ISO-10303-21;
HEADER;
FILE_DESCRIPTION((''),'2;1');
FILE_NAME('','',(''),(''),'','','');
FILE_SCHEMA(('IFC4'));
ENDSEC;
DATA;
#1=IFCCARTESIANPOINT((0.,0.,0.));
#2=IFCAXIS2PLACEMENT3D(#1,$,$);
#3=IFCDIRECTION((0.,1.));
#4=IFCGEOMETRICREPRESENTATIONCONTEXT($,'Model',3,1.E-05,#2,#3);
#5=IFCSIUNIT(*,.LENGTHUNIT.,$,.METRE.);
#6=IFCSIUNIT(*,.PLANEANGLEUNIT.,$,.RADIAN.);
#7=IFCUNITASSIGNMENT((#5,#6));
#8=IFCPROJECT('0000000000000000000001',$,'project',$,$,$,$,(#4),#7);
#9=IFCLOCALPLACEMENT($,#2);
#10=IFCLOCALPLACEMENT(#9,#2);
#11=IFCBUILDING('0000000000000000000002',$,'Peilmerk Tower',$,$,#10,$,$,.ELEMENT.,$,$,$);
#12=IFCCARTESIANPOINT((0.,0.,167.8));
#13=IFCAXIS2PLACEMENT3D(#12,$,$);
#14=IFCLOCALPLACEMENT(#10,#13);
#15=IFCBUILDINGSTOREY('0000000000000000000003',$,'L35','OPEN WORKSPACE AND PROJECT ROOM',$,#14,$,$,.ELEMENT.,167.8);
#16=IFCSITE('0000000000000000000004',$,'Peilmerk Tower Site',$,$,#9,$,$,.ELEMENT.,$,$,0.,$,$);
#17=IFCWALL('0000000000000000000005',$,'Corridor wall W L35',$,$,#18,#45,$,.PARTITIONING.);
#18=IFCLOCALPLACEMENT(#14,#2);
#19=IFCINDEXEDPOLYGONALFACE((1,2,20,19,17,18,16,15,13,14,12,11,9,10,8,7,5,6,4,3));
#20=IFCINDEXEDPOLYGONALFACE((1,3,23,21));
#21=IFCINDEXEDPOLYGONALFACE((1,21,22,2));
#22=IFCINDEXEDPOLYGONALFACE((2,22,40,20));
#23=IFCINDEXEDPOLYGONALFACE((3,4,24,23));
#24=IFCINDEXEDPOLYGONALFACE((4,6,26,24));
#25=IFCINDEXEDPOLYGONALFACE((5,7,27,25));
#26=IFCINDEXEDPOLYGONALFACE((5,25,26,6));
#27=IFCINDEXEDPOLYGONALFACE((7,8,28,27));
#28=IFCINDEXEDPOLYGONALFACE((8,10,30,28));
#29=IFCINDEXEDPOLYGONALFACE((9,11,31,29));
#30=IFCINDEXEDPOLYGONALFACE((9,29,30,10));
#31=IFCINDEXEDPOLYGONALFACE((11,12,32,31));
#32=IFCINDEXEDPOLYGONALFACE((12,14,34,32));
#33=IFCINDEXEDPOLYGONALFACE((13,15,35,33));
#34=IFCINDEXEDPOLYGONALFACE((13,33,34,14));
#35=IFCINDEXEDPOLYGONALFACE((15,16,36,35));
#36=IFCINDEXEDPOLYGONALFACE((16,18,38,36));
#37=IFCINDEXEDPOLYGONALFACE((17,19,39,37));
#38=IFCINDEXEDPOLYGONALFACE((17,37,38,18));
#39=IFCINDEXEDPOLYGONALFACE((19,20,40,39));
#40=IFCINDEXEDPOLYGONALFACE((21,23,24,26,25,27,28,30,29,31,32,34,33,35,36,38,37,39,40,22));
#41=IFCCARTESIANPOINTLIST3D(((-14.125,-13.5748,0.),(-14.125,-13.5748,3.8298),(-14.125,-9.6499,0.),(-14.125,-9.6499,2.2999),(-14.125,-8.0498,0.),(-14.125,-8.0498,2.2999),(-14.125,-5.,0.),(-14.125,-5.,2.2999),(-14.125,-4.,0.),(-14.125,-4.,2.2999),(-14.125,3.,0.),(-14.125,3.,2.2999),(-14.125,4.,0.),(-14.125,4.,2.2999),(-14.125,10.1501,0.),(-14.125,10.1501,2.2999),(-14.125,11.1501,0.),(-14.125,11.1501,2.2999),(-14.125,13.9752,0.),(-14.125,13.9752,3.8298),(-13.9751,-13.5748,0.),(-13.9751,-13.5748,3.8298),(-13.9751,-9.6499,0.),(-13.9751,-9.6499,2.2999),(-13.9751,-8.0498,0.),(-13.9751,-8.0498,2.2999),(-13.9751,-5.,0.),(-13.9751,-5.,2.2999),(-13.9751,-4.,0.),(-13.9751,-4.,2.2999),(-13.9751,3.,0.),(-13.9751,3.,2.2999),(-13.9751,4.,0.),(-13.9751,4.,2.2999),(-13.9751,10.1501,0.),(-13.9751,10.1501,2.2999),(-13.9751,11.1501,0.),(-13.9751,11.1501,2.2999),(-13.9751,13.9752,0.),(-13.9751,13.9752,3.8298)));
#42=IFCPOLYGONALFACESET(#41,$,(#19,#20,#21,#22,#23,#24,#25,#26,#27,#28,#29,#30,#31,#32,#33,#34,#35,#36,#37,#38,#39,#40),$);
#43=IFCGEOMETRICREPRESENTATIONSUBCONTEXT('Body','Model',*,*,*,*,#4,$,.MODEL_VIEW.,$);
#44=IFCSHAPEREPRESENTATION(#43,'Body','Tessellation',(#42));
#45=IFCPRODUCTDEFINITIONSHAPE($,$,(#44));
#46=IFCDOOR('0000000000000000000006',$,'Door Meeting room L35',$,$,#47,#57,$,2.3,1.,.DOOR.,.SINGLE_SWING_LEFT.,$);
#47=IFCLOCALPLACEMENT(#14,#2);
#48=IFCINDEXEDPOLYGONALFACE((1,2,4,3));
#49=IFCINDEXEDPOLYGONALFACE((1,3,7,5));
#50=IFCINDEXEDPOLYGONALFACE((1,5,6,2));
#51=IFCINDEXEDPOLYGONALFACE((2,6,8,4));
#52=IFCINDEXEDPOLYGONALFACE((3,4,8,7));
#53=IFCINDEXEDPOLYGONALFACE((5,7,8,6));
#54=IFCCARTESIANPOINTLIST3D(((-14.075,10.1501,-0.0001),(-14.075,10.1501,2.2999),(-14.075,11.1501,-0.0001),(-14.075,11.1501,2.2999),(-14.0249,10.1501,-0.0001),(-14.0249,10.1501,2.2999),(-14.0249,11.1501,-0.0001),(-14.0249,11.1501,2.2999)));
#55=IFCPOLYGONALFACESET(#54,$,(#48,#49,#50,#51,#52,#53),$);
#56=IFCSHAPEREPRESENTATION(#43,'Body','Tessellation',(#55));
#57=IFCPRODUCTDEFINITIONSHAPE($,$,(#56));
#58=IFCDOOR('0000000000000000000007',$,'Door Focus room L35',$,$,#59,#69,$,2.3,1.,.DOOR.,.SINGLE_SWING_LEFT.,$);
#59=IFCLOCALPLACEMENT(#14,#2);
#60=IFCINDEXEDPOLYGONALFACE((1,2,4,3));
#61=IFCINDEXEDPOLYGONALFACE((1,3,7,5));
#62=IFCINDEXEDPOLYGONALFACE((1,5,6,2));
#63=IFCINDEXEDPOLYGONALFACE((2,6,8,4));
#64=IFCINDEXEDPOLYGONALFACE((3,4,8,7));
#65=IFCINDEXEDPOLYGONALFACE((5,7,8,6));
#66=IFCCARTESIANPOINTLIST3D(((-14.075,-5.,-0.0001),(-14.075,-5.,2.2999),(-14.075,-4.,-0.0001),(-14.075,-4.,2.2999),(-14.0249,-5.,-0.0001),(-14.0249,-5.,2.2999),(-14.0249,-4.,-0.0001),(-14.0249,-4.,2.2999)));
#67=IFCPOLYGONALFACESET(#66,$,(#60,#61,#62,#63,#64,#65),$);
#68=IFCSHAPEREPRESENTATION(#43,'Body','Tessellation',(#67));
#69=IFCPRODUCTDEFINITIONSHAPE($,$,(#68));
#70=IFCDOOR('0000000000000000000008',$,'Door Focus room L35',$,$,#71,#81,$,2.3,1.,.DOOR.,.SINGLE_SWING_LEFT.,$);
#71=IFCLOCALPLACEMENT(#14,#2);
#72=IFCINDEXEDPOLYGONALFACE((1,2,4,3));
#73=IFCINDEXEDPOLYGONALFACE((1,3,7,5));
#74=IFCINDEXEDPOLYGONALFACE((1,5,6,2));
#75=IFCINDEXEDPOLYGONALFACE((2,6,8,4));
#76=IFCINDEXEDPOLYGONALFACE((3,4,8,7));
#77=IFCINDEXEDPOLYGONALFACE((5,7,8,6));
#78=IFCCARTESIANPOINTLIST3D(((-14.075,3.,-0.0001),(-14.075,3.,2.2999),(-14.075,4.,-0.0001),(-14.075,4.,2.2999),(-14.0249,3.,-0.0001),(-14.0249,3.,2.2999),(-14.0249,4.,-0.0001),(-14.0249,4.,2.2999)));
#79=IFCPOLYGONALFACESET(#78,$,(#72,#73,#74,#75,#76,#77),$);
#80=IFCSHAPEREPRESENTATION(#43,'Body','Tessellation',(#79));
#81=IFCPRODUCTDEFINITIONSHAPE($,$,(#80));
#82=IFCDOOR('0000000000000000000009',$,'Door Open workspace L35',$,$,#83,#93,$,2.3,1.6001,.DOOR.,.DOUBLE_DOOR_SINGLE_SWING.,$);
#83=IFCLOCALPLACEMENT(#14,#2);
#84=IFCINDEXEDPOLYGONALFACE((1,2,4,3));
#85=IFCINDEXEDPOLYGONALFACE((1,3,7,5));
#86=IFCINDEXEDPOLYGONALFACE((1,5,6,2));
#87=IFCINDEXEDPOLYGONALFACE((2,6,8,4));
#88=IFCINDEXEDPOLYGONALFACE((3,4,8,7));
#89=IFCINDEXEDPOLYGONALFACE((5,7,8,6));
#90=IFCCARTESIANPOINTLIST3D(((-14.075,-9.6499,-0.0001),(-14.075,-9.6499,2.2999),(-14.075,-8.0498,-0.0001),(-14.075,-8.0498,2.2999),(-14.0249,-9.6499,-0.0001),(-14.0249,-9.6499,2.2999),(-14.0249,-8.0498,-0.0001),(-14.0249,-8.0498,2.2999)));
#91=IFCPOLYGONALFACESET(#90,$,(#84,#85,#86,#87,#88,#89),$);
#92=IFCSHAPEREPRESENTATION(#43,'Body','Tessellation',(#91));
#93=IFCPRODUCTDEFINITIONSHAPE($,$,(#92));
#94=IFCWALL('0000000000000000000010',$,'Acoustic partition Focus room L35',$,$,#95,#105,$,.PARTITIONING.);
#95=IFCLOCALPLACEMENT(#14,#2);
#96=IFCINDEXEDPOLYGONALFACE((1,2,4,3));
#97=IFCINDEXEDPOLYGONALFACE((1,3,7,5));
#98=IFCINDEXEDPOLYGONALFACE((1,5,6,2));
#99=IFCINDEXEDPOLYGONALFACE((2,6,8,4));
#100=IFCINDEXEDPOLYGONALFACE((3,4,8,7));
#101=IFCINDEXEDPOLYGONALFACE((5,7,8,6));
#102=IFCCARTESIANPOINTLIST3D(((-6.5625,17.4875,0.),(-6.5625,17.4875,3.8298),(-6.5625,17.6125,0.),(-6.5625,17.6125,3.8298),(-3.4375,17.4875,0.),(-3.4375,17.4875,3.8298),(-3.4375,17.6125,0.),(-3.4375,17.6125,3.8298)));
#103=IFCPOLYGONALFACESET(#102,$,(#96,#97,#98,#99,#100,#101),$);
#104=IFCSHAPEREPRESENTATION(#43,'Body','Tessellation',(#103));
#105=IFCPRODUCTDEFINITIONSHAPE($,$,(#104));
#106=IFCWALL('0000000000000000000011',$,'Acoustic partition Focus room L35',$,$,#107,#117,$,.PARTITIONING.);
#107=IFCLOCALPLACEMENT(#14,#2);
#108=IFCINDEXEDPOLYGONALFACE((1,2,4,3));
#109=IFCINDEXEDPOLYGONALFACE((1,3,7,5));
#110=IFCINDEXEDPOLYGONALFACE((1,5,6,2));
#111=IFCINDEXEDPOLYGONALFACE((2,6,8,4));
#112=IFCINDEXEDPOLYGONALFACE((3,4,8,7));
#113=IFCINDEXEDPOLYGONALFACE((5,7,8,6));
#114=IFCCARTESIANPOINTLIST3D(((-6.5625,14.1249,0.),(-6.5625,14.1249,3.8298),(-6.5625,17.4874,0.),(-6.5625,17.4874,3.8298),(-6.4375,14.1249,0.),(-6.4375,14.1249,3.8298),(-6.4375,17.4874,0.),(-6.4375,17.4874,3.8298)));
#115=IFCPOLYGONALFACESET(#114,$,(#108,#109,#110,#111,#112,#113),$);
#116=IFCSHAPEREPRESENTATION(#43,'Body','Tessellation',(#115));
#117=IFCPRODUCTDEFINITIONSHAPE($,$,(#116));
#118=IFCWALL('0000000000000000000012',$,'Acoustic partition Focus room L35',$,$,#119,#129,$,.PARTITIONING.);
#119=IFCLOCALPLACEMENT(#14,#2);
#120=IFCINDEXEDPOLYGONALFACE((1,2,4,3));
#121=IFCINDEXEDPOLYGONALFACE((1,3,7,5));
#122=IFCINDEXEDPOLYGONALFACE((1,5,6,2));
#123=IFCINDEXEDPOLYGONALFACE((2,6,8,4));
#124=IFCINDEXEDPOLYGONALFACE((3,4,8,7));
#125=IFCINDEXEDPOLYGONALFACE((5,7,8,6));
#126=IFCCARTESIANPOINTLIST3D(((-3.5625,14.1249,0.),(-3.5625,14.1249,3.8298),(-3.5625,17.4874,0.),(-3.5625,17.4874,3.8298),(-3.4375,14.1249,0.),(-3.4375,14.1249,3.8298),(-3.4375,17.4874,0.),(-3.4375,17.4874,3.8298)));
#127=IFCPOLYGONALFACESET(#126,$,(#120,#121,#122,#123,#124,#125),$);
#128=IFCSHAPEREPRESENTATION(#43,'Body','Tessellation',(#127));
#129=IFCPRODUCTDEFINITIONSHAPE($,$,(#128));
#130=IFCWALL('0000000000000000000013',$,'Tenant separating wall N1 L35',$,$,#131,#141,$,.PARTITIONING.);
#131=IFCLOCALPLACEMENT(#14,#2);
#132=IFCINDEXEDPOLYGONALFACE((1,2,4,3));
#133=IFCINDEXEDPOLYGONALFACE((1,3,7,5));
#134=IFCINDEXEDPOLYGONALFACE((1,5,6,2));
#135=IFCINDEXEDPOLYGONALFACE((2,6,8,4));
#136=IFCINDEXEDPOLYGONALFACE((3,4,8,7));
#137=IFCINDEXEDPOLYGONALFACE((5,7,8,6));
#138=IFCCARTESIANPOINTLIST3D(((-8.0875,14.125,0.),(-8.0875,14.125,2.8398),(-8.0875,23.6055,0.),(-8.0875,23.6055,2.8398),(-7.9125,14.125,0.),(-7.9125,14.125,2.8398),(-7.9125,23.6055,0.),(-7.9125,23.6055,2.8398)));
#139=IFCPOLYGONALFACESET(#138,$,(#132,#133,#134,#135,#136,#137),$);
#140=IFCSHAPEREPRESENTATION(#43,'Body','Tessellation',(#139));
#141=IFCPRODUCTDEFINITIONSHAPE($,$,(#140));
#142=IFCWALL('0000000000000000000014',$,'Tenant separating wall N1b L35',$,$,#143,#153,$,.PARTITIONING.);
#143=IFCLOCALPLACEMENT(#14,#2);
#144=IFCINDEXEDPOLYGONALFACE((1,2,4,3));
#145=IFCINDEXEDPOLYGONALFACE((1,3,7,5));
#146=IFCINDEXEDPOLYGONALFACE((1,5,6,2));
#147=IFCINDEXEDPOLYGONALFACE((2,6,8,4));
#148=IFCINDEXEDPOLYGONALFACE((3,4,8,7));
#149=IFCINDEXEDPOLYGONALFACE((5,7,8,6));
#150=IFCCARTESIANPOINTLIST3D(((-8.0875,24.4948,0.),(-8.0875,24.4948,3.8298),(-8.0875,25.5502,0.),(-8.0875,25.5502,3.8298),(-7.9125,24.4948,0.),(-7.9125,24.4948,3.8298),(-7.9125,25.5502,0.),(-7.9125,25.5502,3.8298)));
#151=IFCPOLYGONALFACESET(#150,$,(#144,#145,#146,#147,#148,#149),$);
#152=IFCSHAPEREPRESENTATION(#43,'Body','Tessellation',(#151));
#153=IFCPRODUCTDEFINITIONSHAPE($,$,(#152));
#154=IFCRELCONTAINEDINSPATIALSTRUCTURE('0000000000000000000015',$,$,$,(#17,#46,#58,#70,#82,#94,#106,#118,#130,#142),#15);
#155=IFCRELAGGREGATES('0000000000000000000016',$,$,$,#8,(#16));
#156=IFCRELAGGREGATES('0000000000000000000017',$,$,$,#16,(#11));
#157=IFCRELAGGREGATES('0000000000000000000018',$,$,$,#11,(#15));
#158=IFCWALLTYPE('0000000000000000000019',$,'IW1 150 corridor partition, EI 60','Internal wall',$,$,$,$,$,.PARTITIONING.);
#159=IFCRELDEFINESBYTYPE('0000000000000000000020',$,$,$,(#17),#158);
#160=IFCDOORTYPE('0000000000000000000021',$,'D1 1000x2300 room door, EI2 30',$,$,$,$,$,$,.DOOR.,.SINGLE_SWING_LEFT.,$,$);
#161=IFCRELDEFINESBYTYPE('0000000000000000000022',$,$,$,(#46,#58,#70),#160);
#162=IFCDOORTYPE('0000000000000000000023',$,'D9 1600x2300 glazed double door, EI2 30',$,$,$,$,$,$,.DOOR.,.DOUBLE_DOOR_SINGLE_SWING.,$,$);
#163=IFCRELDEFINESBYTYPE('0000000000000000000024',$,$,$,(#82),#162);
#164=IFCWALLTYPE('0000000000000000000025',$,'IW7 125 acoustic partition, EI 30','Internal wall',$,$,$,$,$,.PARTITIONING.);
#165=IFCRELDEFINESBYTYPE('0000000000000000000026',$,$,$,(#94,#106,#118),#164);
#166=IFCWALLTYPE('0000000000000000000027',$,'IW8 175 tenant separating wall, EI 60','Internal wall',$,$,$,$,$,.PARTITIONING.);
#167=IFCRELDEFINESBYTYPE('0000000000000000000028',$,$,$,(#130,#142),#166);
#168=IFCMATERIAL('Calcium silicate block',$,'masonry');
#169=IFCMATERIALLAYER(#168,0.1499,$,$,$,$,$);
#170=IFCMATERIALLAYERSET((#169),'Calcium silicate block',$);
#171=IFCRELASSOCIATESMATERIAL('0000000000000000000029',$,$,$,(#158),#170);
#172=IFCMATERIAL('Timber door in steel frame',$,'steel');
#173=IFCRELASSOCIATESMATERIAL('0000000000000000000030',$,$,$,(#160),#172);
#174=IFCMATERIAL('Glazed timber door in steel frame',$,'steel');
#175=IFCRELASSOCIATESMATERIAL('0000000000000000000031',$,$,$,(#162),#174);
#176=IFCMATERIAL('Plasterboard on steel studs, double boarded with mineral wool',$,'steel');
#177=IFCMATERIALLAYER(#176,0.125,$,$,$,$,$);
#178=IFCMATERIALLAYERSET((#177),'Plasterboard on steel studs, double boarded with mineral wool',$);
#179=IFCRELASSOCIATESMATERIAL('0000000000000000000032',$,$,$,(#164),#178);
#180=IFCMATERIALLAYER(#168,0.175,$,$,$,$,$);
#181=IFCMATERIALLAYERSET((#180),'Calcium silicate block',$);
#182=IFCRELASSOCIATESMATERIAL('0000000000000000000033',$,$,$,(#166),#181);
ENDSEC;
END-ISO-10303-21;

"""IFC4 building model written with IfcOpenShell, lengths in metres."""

from ifc_helpers import new_model, si_unit, direction, frame, frame_2d, origin, place, context, subcontext, project, spatial, rectangle, extrude, material, layer, layer_set, type_object, element, fill, save


model = new_model("IFC4")

# Units and contexts
model_context = context("Model", 3, precision=1e-05, world=origin(), true_north=direction((0.0, 1.0)))
body_context = subcontext(model_context, "Body", "Model", "MODEL_VIEW")
ifc_project = project(units=[si_unit("LENGTHUNIT", "METRE"), si_unit("PLANEANGLEUNIT", "RADIAN")], contexts=[model_context])

# Site, building, storey
site_placement = place(None, origin())
site = spatial("IfcSite", under=ifc_project, at=site_placement, Name="Peilmerk Tower Site", CompositionType="ELEMENT", RefElevation=0.0)
building_placement = place(site_placement, origin())
building = spatial("IfcBuilding", under=site, at=building_placement, Name="Peilmerk Tower", CompositionType="ELEMENT")
storey_placement = place(building_placement, frame((0.0, 0.0, 167.8)))
storey = spatial("IfcBuildingStorey", under=building, at=storey_placement, Name="L35", Description="OPEN WORKSPACE AND PROJECT ROOM", CompositionType="ELEMENT", Elevation=167.8)

# Wall, openings, doors
ifc_material_1 = material(Name="Calcium silicate block", Category="masonry")
ifc_layer_1 = layer(ifc_material_1, 0.1499)
ifc_layer_set_1 = layer_set([ifc_layer_1], Name="Calcium silicate block")
wall_type_1 = type_object("IfcWallType", Name="IW1 150 corridor partition, EI 60", Description="Internal wall", PredefinedType="PARTITIONING", material=ifc_layer_set_1)
ifc_material_2 = material(Name="Timber door in steel frame", Category="steel")
door_type_1 = type_object("IfcDoorType", Name="D1 1000x2300 room door, EI2 30", OperationType="SINGLE_SWING_LEFT", PredefinedType="DOOR", material=ifc_material_2)
ifc_material_3 = material(Name="Glazed timber door in steel frame", Category="steel")
door_type_2 = type_object("IfcDoorType", Name="D9 1600x2300 glazed double door, EI2 30", OperationType="DOUBLE_DOOR_SINGLE_SWING", PredefinedType="DOOR", material=ifc_material_3)
wall_1_placement = place(storey_placement, frame((-14.05, 13.9751, 0.0), z_axis=(0.0, 0.0, 1.0), x_axis=(0.0, -1.0, 0.0)))
wall_1 = element("IfcWall", 1, at=wall_1_placement, inside=storey, type_object=wall_type_1, Name="Corridor wall W L35", PredefinedType="PARTITIONING", context=body_context, shape_type="SweptSolid", body=[
    extrude(rectangle(XDim=27.55, YDim=0.1499, at=frame_2d((13.7749, 0.0))), origin(), (0.0, 0.0, 1.0), 3.8298),
])
opening_1_placement = place(wall_1_placement, frame((22.0249, 0.0, 0.0)))
opening_1 = element("IfcOpeningElement", 2, at=opening_1_placement, cuts=wall_1, PredefinedType="OPENING", context=body_context, shape_type="SweptSolid", body=[
    extrude(rectangle(XDim=1.6001, YDim=2.3, at=frame_2d((0.8, 1.1499))), frame((0.0, 0.085, 0.0), z_axis=(0.0, -1.0, 0.0), x_axis=(1.0, 0.0, 0.0)), (0.0, 0.0, 1.0), 0.1699),
])
opening_2_placement = place(wall_1_placement, frame((2.825, 0.0, 0.0)))
opening_2 = element("IfcOpeningElement", 3, at=opening_2_placement, cuts=wall_1, PredefinedType="OPENING", context=body_context, shape_type="SweptSolid", body=[
    extrude(rectangle(XDim=1.0, YDim=2.3, at=frame_2d((0.5, 1.1499))), frame((0.0, 0.085, 0.0), z_axis=(0.0, -1.0, 0.0), x_axis=(1.0, 0.0, 0.0)), (0.0, 0.0, 1.0), 0.1699),
])
opening_3_placement = place(wall_1_placement, frame((17.9751, 0.0, 0.0)))
opening_3 = element("IfcOpeningElement", 4, at=opening_3_placement, cuts=wall_1, PredefinedType="OPENING", context=body_context, shape_type="SweptSolid", body=[
    extrude(rectangle(XDim=1.0, YDim=2.3, at=frame_2d((0.5, 1.1499))), frame((0.0, 0.085, 0.0), z_axis=(0.0, -1.0, 0.0), x_axis=(1.0, 0.0, 0.0)), (0.0, 0.0, 1.0), 0.1699),
])
opening_4_placement = place(wall_1_placement, frame((9.9751, 0.0, 0.0)))
opening_4 = element("IfcOpeningElement", 5, at=opening_4_placement, cuts=wall_1, PredefinedType="OPENING", context=body_context, shape_type="SweptSolid", body=[
    extrude(rectangle(XDim=1.0, YDim=2.3, at=frame_2d((0.5, 1.1499))), frame((0.0, 0.085, 0.0), z_axis=(0.0, -1.0, 0.0), x_axis=(1.0, 0.0, 0.0)), (0.0, 0.0, 1.0), 0.1699),
])
door_1_placement = place(opening_2_placement, frame((1.0, 0.0, 0.0), z_axis=(0.0, 0.0, 1.0), x_axis=(-1.0, 0.0, 0.0)))
door_1 = element("IfcDoor", 6, at=door_1_placement, inside=storey, type_object=door_type_1, Name="Door Meeting room L35", OperationType="SINGLE_SWING_LEFT", OverallHeight=2.3, OverallWidth=1.0, PredefinedType="DOOR", context=body_context, shape_type="SweptSolid", body=[
    extrude(rectangle(XDim=1.0, YDim=2.3, at=frame_2d((0.5, 1.1499))), frame((0.0, 0.0249, 0.0), z_axis=(0.0, -1.0, 0.0), x_axis=(1.0, 0.0, 0.0)), (0.0, 0.0, 1.0), 0.05),
])
fill(opening_2, door_1)
door_2_placement = place(opening_3_placement, frame((1.0, 0.0, 0.0), z_axis=(0.0, 0.0, 1.0), x_axis=(-1.0, 0.0, 0.0)))
door_2 = element("IfcDoor", 7, at=door_2_placement, inside=storey, type_object=door_type_1, Name="Door Focus room L35", OperationType="SINGLE_SWING_LEFT", OverallHeight=2.3, OverallWidth=1.0, PredefinedType="DOOR", context=body_context, shape_type="SweptSolid", body=[
    extrude(rectangle(XDim=1.0, YDim=2.3, at=frame_2d((0.5, 1.1499))), frame((0.0, 0.0249, 0.0), z_axis=(0.0, -1.0, 0.0), x_axis=(1.0, 0.0, 0.0)), (0.0, 0.0, 1.0), 0.05),
])
fill(opening_3, door_2)
door_3_placement = place(opening_4_placement, frame((1.0, 0.0, 0.0), z_axis=(0.0, 0.0, 1.0), x_axis=(-1.0, 0.0, 0.0)))
door_3 = element("IfcDoor", 8, at=door_3_placement, inside=storey, type_object=door_type_1, Name="Door Focus room L35", OperationType="SINGLE_SWING_LEFT", OverallHeight=2.3, OverallWidth=1.0, PredefinedType="DOOR", context=body_context, shape_type="SweptSolid", body=[
    extrude(rectangle(XDim=1.0, YDim=2.3, at=frame_2d((0.5, 1.1499))), frame((0.0, 0.0249, 0.0), z_axis=(0.0, -1.0, 0.0), x_axis=(1.0, 0.0, 0.0)), (0.0, 0.0, 1.0), 0.05),
])
fill(opening_4, door_3)
door_4_placement = place(opening_1_placement, frame((1.6001, 0.0, 0.0), z_axis=(0.0, 0.0, 1.0), x_axis=(-1.0, 0.0, 0.0)))
door_4 = element("IfcDoor", 9, at=door_4_placement, inside=storey, type_object=door_type_2, Name="Door Open workspace L35", OperationType="DOUBLE_DOOR_SINGLE_SWING", OverallHeight=2.3, OverallWidth=1.6001, PredefinedType="DOOR", context=body_context, shape_type="SweptSolid", body=[
    extrude(rectangle(XDim=1.6001, YDim=2.3, at=frame_2d((0.8, 1.1499))), frame((0.0, 0.0249, 0.0), z_axis=(0.0, -1.0, 0.0), x_axis=(1.0, 0.0, 0.0)), (0.0, 0.0, 1.0), 0.05),
])
fill(opening_1, door_4)

# Walls
ifc_material_4 = material(Name="Plasterboard on steel studs, double boarded with mineral wool", Category="steel")
ifc_layer_2 = layer(ifc_material_4, 0.125)
ifc_layer_set_2 = layer_set([ifc_layer_2], Name="Plasterboard on steel studs, double boarded with mineral wool")
wall_type_2 = type_object("IfcWallType", Name="IW7 125 acoustic partition, EI 30", Description="Internal wall", PredefinedType="PARTITIONING", material=ifc_layer_set_2)
wall_2_placement = place(storey_placement, frame((-6.5625, 17.55, 0.0), z_axis=(0.0, 0.0, 1.0), x_axis=(1.0, 0.0, 0.0)))
element("IfcWall", 10, at=wall_2_placement, inside=storey, type_object=wall_type_2, Name="Acoustic partition Focus room L35", PredefinedType="PARTITIONING", context=body_context, shape_type="SweptSolid", body=[
    extrude(rectangle(XDim=3.125, YDim=0.125, at=frame_2d((1.5625, 0.0))), origin(), (0.0, 0.0, 1.0), 3.8298),
])
for number, where, z_axis, x_axis, name in (
    (11, (-6.5, 14.125, 0.0), (0.0, 0.0, 1.0), (0.0, 1.0, 0.0), "Acoustic partition Focus room L35"),
    (12, (-3.5, 14.125, 0.0), (0.0, 0.0, 1.0), (0.0, 1.0, 0.0), "Acoustic partition Focus room L35"),
):
    element("IfcWall", number, at=place(storey_placement, frame(where, z_axis=z_axis, x_axis=x_axis)), inside=storey, type_object=wall_type_2, Name=name, PredefinedType="PARTITIONING", context=body_context, shape_type="SweptSolid", body=[
        extrude(rectangle(XDim=3.3625, YDim=0.125, at=frame_2d((1.6812, 0.0))), origin(), (0.0, 0.0, 1.0), 3.8298),
    ])
ifc_layer_3 = layer(ifc_material_1, 0.175)
ifc_layer_set_3 = layer_set([ifc_layer_3], Name="Calcium silicate block")
wall_type_3 = type_object("IfcWallType", Name="IW8 175 tenant separating wall, EI 60", Description="Internal wall", PredefinedType="PARTITIONING", material=ifc_layer_set_3)
wall_3_placement = place(storey_placement, frame((-8.0, 14.125, 0.0), z_axis=(0.0, 0.0, 1.0), x_axis=(0.0, 1.0, 0.0)))
element("IfcWall", 13, at=wall_3_placement, inside=storey, type_object=wall_type_3, Name="Tenant separating wall N1 L35", PredefinedType="PARTITIONING", context=body_context, shape_type="SweptSolid", body=[
    extrude(rectangle(XDim=9.4805, YDim=0.175, at=frame_2d((4.7402, 0.0))), origin(), (0.0, 0.0, 1.0), 2.8398),
])
wall_4_placement = place(storey_placement, frame((-8.0, 24.4946, 0.0), z_axis=(0.0, 0.0, 1.0), x_axis=(0.0, 1.0, 0.0)))
element("IfcWall", 14, at=wall_4_placement, inside=storey, type_object=wall_type_3, Name="Tenant separating wall N1b L35", PredefinedType="PARTITIONING", context=body_context, shape_type="SweptSolid", body=[
    extrude(rectangle(XDim=1.0554, YDim=0.175, at=frame_2d((0.5278, 0.0))), origin(), (0.0, 0.0, 1.0), 3.8298),
])

save(model, "model.ifc")
